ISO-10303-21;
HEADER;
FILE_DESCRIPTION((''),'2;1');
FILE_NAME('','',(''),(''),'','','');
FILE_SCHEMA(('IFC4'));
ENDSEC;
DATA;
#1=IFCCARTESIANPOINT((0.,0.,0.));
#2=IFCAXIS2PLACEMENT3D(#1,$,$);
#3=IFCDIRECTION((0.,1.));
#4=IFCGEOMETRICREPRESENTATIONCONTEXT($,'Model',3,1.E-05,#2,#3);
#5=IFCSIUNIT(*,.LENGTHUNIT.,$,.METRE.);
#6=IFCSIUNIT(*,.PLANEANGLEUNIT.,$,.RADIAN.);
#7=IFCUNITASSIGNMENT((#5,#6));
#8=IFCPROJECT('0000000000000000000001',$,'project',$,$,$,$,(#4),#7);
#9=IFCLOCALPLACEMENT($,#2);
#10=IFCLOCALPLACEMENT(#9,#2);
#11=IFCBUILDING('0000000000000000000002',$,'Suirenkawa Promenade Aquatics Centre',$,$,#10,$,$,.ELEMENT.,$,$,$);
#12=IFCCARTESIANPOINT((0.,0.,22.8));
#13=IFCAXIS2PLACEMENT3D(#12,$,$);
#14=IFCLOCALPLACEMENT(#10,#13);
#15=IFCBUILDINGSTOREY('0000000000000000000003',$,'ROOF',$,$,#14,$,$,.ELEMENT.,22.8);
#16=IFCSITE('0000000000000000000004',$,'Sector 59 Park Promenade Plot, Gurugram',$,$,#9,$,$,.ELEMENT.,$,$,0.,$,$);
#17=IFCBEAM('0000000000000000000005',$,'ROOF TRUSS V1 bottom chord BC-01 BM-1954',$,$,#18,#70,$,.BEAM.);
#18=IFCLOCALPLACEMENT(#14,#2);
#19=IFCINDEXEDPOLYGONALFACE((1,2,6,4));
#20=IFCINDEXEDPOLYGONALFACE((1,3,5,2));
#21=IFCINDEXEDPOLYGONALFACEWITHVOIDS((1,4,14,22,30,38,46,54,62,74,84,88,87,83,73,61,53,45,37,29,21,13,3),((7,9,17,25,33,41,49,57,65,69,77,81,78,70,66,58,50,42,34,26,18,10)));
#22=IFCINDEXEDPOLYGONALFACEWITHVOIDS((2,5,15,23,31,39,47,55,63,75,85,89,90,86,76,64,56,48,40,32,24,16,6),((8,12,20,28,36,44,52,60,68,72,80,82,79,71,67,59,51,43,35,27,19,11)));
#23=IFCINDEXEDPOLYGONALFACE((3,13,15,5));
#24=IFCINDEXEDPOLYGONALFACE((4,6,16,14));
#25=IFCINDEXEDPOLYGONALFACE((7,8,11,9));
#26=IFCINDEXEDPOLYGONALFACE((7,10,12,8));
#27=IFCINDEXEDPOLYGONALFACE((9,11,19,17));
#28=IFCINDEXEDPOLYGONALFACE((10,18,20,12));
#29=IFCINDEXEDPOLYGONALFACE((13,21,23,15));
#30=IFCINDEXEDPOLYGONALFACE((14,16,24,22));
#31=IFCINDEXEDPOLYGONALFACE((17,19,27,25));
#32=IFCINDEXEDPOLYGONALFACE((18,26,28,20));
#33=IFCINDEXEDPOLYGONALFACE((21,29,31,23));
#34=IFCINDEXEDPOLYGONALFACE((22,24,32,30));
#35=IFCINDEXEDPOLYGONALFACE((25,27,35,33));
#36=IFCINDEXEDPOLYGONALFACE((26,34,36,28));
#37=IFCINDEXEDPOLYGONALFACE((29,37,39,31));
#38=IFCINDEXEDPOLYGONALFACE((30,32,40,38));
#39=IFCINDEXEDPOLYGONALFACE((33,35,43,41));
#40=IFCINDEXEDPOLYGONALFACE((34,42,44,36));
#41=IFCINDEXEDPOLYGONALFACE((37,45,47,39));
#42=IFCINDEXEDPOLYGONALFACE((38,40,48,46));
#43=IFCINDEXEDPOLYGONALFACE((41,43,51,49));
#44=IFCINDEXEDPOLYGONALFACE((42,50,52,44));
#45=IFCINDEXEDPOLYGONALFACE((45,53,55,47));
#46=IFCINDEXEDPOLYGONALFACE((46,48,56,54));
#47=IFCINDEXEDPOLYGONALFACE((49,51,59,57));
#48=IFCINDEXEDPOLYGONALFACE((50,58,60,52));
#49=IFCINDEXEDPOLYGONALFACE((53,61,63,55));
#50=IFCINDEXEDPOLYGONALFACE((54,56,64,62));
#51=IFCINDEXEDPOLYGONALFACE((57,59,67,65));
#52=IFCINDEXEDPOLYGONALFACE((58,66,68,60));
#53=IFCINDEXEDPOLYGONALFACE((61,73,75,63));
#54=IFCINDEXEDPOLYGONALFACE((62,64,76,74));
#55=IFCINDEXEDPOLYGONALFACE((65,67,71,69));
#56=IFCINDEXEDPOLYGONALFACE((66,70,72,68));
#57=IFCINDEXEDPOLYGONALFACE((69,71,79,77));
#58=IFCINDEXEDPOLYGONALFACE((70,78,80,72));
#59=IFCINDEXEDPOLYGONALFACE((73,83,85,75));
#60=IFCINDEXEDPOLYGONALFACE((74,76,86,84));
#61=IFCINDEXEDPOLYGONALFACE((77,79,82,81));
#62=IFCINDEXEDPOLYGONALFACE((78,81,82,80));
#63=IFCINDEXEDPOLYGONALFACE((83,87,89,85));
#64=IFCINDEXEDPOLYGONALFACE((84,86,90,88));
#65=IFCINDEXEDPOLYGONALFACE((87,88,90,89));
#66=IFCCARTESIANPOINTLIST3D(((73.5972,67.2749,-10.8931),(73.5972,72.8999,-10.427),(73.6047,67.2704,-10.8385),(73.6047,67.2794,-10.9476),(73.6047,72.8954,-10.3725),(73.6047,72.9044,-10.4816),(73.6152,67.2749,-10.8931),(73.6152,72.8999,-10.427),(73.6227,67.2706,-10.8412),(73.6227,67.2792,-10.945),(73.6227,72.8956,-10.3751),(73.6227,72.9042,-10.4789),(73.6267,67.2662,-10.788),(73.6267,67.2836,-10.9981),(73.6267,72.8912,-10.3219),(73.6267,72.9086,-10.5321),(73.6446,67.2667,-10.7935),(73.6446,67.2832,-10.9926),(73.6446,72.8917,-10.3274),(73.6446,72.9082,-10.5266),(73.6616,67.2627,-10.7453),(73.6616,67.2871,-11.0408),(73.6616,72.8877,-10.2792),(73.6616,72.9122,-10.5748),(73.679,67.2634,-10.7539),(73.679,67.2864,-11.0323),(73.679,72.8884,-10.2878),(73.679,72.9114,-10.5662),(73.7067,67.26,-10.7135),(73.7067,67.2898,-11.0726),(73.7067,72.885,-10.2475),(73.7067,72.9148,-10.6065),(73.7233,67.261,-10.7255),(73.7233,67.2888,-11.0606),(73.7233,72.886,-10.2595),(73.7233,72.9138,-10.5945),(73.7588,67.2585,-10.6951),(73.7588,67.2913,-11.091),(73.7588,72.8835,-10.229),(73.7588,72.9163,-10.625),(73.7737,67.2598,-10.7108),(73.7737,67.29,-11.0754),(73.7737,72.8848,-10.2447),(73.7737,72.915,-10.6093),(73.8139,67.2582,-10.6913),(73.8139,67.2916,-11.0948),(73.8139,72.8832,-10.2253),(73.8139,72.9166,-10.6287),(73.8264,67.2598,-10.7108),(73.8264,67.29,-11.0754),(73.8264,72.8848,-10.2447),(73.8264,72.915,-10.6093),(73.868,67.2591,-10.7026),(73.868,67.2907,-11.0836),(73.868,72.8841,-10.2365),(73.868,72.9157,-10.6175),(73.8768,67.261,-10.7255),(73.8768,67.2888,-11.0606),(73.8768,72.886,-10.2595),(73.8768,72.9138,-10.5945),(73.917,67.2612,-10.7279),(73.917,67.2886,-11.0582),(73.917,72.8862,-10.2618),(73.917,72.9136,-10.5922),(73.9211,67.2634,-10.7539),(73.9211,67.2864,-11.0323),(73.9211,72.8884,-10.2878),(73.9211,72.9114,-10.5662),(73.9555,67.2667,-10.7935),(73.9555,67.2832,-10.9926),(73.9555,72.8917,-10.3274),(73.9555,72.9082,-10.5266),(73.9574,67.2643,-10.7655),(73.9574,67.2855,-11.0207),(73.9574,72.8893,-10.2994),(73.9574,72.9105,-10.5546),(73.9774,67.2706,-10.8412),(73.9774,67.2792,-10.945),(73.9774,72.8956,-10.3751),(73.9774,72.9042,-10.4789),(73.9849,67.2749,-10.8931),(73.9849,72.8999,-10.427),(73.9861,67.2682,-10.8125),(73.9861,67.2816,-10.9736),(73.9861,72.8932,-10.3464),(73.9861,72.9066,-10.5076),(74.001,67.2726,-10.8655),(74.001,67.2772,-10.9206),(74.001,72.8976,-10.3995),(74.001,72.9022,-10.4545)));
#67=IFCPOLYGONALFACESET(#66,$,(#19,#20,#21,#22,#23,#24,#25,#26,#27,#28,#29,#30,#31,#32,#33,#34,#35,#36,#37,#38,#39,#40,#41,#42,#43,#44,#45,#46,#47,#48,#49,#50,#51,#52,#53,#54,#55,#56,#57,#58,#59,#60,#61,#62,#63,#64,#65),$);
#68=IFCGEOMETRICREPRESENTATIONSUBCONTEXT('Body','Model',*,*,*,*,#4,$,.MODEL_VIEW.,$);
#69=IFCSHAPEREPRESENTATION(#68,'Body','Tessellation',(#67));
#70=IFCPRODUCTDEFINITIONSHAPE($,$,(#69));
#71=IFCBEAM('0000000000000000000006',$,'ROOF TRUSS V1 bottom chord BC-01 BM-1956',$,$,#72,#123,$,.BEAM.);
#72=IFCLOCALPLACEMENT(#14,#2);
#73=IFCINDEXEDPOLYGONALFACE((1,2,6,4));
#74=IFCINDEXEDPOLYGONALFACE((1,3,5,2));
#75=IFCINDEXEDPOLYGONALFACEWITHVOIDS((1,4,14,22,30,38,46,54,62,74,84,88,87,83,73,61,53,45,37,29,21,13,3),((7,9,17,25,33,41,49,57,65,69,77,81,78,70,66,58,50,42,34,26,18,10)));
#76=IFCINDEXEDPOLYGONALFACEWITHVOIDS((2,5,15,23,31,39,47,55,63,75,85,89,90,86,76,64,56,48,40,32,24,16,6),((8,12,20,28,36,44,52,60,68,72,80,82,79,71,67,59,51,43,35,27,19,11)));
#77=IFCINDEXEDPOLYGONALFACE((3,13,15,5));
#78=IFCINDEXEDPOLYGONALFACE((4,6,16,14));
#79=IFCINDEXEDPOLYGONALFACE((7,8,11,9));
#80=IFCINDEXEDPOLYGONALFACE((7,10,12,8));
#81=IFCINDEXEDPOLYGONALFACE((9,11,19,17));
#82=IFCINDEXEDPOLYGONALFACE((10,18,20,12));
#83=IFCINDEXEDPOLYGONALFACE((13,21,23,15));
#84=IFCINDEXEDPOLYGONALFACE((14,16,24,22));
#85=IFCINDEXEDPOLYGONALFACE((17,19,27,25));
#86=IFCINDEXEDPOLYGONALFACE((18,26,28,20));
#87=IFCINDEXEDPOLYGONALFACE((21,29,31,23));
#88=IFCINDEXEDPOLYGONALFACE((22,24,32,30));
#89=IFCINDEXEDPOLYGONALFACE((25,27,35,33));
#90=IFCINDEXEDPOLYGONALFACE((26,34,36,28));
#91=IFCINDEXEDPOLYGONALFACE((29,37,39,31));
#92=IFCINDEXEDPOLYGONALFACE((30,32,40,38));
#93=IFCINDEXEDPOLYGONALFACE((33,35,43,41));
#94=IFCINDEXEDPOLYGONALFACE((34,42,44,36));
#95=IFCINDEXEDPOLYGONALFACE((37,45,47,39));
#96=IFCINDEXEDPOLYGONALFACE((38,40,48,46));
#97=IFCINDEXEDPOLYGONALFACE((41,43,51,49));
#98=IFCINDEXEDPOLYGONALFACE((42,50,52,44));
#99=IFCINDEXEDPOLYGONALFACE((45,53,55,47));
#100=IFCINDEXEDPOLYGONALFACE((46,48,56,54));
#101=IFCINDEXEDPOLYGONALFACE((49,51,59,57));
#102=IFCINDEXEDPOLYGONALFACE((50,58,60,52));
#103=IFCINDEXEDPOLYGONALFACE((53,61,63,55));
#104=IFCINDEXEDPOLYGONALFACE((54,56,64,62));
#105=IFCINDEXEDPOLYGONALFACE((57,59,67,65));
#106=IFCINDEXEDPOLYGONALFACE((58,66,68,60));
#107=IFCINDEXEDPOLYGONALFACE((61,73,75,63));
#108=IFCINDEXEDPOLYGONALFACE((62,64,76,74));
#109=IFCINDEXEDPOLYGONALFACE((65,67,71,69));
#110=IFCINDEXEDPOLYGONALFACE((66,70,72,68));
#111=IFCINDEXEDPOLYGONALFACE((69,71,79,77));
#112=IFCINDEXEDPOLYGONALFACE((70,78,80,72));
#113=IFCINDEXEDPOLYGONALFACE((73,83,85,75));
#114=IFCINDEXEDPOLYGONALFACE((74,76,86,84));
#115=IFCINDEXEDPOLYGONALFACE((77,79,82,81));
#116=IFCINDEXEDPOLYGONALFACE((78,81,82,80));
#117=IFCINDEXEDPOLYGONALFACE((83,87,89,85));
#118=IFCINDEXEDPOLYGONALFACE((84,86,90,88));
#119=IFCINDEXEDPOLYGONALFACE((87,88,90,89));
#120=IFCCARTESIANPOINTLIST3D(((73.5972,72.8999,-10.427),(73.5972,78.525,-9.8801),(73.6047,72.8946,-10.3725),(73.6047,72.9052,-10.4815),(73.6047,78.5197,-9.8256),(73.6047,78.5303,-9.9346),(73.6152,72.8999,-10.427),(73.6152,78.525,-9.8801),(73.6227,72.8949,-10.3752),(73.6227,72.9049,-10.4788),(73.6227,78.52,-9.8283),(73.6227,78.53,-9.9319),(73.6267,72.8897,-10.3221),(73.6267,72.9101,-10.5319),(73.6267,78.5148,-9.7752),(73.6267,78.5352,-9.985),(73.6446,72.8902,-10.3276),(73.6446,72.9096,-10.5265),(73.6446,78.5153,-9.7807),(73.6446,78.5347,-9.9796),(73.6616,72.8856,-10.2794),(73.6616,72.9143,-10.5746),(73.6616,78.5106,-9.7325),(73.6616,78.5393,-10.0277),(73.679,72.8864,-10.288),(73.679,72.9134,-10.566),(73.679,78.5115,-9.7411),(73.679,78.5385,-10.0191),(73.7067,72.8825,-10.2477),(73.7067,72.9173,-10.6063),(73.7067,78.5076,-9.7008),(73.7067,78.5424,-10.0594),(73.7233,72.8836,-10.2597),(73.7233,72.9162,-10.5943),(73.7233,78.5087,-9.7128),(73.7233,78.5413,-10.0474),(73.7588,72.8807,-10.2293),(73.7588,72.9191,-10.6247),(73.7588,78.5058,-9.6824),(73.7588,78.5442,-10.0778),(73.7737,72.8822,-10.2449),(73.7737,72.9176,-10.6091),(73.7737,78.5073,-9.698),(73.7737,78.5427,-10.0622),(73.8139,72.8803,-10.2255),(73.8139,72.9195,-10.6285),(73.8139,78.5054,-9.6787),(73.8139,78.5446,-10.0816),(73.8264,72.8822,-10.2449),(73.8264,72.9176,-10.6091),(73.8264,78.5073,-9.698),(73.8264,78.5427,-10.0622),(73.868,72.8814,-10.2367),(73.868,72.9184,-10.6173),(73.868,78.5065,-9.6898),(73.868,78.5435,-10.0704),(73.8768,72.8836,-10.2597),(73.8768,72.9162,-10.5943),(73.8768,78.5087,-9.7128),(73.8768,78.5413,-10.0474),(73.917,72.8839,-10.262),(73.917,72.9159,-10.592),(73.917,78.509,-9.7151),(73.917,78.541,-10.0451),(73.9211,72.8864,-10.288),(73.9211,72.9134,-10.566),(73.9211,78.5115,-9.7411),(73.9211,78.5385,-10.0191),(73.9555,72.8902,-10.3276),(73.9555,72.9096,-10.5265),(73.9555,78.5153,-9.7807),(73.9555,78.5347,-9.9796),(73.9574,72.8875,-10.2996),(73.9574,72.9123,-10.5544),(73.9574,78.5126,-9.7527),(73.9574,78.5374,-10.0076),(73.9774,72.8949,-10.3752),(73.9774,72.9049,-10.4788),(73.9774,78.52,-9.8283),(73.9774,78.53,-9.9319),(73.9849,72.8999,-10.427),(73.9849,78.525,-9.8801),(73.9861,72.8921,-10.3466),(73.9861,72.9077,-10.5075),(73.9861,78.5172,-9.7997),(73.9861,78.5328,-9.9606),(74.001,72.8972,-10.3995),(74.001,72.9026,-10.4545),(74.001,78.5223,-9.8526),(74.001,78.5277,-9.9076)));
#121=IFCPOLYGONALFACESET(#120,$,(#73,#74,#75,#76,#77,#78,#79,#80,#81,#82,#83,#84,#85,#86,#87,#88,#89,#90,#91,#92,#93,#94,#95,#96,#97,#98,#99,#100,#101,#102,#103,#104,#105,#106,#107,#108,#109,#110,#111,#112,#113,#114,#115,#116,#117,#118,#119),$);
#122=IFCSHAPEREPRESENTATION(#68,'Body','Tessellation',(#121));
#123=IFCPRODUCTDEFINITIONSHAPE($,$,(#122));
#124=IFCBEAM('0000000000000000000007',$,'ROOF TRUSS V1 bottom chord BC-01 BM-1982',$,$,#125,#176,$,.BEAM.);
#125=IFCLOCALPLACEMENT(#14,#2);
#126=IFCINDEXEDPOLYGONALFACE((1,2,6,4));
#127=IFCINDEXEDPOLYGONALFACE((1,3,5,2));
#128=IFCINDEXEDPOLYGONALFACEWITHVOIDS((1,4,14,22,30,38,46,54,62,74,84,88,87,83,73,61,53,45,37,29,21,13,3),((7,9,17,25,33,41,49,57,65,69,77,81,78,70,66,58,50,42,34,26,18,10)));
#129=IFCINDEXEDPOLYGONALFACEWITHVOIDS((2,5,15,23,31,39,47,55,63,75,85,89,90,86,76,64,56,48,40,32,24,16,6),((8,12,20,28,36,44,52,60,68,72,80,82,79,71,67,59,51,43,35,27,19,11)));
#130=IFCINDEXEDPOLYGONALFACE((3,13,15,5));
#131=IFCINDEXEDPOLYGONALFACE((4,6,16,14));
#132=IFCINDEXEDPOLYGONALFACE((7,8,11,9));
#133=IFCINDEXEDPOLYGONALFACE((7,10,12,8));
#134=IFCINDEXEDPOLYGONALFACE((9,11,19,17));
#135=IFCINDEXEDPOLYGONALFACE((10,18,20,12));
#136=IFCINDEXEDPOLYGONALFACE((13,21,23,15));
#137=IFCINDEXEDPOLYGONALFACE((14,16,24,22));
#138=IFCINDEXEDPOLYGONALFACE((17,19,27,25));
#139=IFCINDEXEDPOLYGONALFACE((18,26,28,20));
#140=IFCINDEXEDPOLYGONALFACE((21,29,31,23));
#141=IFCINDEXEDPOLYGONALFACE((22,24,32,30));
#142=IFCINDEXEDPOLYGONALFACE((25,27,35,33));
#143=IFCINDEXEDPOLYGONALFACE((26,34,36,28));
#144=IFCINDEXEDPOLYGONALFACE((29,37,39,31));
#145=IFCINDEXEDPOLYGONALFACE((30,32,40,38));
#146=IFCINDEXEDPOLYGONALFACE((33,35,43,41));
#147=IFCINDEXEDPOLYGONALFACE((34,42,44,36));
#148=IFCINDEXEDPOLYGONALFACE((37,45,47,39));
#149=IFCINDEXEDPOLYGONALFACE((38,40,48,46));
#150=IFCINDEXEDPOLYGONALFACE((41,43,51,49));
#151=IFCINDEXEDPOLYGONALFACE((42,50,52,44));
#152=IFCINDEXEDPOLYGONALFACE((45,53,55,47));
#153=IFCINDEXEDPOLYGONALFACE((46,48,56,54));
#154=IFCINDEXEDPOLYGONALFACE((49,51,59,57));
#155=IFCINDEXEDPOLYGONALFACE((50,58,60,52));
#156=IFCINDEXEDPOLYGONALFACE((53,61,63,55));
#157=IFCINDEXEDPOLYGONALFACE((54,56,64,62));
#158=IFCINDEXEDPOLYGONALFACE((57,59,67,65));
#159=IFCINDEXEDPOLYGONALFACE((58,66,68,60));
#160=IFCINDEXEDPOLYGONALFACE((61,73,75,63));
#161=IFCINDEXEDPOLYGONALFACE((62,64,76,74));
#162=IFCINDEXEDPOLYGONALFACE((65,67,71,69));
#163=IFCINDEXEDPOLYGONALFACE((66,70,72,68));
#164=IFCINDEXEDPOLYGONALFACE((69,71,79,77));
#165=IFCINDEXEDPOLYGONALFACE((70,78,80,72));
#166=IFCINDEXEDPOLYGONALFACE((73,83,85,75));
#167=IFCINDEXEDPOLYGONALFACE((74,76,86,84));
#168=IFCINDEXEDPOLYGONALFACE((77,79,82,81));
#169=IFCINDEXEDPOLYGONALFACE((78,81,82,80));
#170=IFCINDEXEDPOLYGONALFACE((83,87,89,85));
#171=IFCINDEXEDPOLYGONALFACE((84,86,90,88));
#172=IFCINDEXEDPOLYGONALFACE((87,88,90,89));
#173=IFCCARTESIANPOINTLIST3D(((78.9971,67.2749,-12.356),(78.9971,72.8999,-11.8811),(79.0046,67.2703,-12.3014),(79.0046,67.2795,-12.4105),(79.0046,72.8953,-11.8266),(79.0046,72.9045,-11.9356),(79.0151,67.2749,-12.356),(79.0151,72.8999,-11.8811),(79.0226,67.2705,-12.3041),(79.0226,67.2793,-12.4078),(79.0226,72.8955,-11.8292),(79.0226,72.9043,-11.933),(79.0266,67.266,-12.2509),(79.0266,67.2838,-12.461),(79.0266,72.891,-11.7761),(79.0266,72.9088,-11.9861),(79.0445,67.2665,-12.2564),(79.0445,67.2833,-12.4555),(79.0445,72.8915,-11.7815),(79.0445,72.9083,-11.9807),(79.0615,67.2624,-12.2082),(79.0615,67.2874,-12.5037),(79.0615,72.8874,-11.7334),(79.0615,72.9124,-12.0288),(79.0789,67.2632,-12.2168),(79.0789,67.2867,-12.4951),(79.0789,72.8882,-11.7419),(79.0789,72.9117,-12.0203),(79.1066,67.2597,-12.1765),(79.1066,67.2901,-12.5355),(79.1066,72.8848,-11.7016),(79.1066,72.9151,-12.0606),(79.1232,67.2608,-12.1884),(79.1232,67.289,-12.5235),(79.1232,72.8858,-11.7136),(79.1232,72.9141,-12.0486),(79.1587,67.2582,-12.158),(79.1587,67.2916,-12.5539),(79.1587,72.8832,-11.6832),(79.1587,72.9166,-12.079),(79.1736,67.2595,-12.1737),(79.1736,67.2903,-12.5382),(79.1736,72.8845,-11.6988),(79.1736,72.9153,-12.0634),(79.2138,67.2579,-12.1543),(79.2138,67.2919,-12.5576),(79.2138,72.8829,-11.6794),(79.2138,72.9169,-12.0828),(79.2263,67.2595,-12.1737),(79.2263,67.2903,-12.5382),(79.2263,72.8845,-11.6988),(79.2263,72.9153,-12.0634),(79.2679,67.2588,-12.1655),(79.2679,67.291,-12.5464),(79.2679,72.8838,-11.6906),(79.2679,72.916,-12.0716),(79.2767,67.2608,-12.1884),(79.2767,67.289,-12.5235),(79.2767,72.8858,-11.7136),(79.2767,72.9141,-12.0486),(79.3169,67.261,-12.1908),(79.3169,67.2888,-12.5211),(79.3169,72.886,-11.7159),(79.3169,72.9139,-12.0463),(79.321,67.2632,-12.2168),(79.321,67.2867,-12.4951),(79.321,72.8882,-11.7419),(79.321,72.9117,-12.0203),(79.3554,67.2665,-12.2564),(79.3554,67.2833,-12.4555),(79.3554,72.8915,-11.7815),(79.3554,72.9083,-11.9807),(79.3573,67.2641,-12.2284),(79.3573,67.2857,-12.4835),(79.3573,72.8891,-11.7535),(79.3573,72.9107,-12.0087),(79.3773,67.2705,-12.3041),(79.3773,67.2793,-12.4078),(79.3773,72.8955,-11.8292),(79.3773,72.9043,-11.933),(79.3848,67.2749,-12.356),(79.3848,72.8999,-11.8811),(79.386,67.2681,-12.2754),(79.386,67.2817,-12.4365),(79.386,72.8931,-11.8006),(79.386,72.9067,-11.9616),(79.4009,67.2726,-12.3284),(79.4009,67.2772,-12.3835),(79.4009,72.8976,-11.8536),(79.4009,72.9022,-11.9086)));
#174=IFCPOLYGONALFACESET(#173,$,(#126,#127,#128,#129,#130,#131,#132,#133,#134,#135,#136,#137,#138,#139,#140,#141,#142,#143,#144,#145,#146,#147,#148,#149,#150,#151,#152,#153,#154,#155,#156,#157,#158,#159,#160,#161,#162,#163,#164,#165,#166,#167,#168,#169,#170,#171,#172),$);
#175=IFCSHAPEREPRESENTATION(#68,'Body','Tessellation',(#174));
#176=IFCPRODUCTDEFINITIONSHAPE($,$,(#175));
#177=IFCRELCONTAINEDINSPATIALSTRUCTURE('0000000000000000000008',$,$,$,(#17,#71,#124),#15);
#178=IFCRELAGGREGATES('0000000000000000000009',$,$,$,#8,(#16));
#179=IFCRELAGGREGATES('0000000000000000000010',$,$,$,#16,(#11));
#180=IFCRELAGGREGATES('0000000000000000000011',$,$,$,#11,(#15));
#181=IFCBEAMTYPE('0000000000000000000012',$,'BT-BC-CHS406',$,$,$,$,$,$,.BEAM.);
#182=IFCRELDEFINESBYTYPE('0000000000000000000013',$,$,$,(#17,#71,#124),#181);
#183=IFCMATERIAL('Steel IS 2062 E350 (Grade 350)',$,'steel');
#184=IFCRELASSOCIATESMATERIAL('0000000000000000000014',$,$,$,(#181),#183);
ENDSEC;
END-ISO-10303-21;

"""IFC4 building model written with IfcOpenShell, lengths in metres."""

from ifc_helpers import new_model, si_unit, direction, frame, origin, origin_2d, place, context, subcontext, project, spatial, hollow_circle, extrude, material, material_profile, profile_set, type_object, element, save


model = new_model("IFC4")

# Units and contexts
model_context = context("Model", 3, precision=1e-05, world=origin(), true_north=direction((0.0, 1.0)))
body_context = subcontext(model_context, "Body", "Model", "MODEL_VIEW")
ifc_project = project(units=[si_unit("LENGTHUNIT", "METRE"), si_unit("PLANEANGLEUNIT", "RADIAN")], contexts=[model_context])

# Site, building, storey
site_placement = place(None, origin())
site = spatial("IfcSite", under=ifc_project, at=site_placement, Name="Sector 59 Park Promenade Plot, Gurugram", CompositionType="ELEMENT", RefElevation=0.0)
building_placement = place(site_placement, origin())
building = spatial("IfcBuilding", under=site, at=building_placement, Name="Suirenkawa Promenade Aquatics Centre", CompositionType="ELEMENT")
storey_placement = place(building_placement, frame((0.0, 0.0, 22.8)))
storey = spatial("IfcBuildingStorey", under=building, at=storey_placement, Name="ROOF", CompositionType="ELEMENT", Elevation=22.8)

# Beams
ifc_material = material(Name="Steel IS 2062 E350 (Grade 350)", Category="steel")
ifc_material_profile_1 = material_profile(ifc_material, hollow_circle(Radius=0.2029, WallThickness=0.0181, at=origin_2d()), Name="CHS 406x18", Category="steel")
ifc_profile_set_1 = profile_set([ifc_material_profile_1], Name="Steel IS 2062 E350 (Grade 350)")
beam_type_1 = type_object("IfcBeamType", Name="BT-BC-CHS406", PredefinedType="BEAM", material=ifc_profile_set_1)
beam_1_placement = place(storey_placement, frame((73.8, 67.2749, -10.8931), z_axis=(0.0, 0.996585, 0.082573), x_axis=(-1.0, 0.0, 0.0)))
element("IfcBeam", 1, at=beam_1_placement, inside=storey, type_object=beam_type_1, Name="ROOF TRUSS V1 bottom chord BC-01 BM-1954", PredefinedType="BEAM", context=body_context, shape_type="SweptSolid", body=[
    extrude(hollow_circle(Radius=0.2029, WallThickness=0.0181, at=origin_2d()), origin(), (0.0, 0.0, 1.0), 5.6443),
])
beam_2_placement = place(storey_placement, frame((73.8, 72.8999, -10.427), z_axis=(0.0, 0.995307, 0.096766), x_axis=(-1.0, 0.0, 0.0)))
element("IfcBeam", 2, at=beam_2_placement, inside=storey, type_object=beam_type_1, Name="ROOF TRUSS V1 bottom chord BC-01 BM-1956", PredefinedType="BEAM", context=body_context, shape_type="SweptSolid", body=[
    extrude(hollow_circle(Radius=0.2029, WallThickness=0.0181, at=origin_2d()), origin(), (0.0, 0.0, 1.0), 5.6516),
])
beam_3_placement = place(storey_placement, frame((79.2, 67.2749, -12.356), z_axis=(0.0, 0.996456, 0.084119), x_axis=(-1.0, 0.0, 0.0)))
element("IfcBeam", 3, at=beam_3_placement, inside=storey, type_object=beam_type_1, Name="ROOF TRUSS V1 bottom chord BC-01 BM-1982", PredefinedType="BEAM", context=body_context, shape_type="SweptSolid", body=[
    extrude(hollow_circle(Radius=0.2029, WallThickness=0.0181, at=origin_2d()), origin(), (0.0, 0.0, 1.0), 5.645),
])

save(model, "model.ifc")
